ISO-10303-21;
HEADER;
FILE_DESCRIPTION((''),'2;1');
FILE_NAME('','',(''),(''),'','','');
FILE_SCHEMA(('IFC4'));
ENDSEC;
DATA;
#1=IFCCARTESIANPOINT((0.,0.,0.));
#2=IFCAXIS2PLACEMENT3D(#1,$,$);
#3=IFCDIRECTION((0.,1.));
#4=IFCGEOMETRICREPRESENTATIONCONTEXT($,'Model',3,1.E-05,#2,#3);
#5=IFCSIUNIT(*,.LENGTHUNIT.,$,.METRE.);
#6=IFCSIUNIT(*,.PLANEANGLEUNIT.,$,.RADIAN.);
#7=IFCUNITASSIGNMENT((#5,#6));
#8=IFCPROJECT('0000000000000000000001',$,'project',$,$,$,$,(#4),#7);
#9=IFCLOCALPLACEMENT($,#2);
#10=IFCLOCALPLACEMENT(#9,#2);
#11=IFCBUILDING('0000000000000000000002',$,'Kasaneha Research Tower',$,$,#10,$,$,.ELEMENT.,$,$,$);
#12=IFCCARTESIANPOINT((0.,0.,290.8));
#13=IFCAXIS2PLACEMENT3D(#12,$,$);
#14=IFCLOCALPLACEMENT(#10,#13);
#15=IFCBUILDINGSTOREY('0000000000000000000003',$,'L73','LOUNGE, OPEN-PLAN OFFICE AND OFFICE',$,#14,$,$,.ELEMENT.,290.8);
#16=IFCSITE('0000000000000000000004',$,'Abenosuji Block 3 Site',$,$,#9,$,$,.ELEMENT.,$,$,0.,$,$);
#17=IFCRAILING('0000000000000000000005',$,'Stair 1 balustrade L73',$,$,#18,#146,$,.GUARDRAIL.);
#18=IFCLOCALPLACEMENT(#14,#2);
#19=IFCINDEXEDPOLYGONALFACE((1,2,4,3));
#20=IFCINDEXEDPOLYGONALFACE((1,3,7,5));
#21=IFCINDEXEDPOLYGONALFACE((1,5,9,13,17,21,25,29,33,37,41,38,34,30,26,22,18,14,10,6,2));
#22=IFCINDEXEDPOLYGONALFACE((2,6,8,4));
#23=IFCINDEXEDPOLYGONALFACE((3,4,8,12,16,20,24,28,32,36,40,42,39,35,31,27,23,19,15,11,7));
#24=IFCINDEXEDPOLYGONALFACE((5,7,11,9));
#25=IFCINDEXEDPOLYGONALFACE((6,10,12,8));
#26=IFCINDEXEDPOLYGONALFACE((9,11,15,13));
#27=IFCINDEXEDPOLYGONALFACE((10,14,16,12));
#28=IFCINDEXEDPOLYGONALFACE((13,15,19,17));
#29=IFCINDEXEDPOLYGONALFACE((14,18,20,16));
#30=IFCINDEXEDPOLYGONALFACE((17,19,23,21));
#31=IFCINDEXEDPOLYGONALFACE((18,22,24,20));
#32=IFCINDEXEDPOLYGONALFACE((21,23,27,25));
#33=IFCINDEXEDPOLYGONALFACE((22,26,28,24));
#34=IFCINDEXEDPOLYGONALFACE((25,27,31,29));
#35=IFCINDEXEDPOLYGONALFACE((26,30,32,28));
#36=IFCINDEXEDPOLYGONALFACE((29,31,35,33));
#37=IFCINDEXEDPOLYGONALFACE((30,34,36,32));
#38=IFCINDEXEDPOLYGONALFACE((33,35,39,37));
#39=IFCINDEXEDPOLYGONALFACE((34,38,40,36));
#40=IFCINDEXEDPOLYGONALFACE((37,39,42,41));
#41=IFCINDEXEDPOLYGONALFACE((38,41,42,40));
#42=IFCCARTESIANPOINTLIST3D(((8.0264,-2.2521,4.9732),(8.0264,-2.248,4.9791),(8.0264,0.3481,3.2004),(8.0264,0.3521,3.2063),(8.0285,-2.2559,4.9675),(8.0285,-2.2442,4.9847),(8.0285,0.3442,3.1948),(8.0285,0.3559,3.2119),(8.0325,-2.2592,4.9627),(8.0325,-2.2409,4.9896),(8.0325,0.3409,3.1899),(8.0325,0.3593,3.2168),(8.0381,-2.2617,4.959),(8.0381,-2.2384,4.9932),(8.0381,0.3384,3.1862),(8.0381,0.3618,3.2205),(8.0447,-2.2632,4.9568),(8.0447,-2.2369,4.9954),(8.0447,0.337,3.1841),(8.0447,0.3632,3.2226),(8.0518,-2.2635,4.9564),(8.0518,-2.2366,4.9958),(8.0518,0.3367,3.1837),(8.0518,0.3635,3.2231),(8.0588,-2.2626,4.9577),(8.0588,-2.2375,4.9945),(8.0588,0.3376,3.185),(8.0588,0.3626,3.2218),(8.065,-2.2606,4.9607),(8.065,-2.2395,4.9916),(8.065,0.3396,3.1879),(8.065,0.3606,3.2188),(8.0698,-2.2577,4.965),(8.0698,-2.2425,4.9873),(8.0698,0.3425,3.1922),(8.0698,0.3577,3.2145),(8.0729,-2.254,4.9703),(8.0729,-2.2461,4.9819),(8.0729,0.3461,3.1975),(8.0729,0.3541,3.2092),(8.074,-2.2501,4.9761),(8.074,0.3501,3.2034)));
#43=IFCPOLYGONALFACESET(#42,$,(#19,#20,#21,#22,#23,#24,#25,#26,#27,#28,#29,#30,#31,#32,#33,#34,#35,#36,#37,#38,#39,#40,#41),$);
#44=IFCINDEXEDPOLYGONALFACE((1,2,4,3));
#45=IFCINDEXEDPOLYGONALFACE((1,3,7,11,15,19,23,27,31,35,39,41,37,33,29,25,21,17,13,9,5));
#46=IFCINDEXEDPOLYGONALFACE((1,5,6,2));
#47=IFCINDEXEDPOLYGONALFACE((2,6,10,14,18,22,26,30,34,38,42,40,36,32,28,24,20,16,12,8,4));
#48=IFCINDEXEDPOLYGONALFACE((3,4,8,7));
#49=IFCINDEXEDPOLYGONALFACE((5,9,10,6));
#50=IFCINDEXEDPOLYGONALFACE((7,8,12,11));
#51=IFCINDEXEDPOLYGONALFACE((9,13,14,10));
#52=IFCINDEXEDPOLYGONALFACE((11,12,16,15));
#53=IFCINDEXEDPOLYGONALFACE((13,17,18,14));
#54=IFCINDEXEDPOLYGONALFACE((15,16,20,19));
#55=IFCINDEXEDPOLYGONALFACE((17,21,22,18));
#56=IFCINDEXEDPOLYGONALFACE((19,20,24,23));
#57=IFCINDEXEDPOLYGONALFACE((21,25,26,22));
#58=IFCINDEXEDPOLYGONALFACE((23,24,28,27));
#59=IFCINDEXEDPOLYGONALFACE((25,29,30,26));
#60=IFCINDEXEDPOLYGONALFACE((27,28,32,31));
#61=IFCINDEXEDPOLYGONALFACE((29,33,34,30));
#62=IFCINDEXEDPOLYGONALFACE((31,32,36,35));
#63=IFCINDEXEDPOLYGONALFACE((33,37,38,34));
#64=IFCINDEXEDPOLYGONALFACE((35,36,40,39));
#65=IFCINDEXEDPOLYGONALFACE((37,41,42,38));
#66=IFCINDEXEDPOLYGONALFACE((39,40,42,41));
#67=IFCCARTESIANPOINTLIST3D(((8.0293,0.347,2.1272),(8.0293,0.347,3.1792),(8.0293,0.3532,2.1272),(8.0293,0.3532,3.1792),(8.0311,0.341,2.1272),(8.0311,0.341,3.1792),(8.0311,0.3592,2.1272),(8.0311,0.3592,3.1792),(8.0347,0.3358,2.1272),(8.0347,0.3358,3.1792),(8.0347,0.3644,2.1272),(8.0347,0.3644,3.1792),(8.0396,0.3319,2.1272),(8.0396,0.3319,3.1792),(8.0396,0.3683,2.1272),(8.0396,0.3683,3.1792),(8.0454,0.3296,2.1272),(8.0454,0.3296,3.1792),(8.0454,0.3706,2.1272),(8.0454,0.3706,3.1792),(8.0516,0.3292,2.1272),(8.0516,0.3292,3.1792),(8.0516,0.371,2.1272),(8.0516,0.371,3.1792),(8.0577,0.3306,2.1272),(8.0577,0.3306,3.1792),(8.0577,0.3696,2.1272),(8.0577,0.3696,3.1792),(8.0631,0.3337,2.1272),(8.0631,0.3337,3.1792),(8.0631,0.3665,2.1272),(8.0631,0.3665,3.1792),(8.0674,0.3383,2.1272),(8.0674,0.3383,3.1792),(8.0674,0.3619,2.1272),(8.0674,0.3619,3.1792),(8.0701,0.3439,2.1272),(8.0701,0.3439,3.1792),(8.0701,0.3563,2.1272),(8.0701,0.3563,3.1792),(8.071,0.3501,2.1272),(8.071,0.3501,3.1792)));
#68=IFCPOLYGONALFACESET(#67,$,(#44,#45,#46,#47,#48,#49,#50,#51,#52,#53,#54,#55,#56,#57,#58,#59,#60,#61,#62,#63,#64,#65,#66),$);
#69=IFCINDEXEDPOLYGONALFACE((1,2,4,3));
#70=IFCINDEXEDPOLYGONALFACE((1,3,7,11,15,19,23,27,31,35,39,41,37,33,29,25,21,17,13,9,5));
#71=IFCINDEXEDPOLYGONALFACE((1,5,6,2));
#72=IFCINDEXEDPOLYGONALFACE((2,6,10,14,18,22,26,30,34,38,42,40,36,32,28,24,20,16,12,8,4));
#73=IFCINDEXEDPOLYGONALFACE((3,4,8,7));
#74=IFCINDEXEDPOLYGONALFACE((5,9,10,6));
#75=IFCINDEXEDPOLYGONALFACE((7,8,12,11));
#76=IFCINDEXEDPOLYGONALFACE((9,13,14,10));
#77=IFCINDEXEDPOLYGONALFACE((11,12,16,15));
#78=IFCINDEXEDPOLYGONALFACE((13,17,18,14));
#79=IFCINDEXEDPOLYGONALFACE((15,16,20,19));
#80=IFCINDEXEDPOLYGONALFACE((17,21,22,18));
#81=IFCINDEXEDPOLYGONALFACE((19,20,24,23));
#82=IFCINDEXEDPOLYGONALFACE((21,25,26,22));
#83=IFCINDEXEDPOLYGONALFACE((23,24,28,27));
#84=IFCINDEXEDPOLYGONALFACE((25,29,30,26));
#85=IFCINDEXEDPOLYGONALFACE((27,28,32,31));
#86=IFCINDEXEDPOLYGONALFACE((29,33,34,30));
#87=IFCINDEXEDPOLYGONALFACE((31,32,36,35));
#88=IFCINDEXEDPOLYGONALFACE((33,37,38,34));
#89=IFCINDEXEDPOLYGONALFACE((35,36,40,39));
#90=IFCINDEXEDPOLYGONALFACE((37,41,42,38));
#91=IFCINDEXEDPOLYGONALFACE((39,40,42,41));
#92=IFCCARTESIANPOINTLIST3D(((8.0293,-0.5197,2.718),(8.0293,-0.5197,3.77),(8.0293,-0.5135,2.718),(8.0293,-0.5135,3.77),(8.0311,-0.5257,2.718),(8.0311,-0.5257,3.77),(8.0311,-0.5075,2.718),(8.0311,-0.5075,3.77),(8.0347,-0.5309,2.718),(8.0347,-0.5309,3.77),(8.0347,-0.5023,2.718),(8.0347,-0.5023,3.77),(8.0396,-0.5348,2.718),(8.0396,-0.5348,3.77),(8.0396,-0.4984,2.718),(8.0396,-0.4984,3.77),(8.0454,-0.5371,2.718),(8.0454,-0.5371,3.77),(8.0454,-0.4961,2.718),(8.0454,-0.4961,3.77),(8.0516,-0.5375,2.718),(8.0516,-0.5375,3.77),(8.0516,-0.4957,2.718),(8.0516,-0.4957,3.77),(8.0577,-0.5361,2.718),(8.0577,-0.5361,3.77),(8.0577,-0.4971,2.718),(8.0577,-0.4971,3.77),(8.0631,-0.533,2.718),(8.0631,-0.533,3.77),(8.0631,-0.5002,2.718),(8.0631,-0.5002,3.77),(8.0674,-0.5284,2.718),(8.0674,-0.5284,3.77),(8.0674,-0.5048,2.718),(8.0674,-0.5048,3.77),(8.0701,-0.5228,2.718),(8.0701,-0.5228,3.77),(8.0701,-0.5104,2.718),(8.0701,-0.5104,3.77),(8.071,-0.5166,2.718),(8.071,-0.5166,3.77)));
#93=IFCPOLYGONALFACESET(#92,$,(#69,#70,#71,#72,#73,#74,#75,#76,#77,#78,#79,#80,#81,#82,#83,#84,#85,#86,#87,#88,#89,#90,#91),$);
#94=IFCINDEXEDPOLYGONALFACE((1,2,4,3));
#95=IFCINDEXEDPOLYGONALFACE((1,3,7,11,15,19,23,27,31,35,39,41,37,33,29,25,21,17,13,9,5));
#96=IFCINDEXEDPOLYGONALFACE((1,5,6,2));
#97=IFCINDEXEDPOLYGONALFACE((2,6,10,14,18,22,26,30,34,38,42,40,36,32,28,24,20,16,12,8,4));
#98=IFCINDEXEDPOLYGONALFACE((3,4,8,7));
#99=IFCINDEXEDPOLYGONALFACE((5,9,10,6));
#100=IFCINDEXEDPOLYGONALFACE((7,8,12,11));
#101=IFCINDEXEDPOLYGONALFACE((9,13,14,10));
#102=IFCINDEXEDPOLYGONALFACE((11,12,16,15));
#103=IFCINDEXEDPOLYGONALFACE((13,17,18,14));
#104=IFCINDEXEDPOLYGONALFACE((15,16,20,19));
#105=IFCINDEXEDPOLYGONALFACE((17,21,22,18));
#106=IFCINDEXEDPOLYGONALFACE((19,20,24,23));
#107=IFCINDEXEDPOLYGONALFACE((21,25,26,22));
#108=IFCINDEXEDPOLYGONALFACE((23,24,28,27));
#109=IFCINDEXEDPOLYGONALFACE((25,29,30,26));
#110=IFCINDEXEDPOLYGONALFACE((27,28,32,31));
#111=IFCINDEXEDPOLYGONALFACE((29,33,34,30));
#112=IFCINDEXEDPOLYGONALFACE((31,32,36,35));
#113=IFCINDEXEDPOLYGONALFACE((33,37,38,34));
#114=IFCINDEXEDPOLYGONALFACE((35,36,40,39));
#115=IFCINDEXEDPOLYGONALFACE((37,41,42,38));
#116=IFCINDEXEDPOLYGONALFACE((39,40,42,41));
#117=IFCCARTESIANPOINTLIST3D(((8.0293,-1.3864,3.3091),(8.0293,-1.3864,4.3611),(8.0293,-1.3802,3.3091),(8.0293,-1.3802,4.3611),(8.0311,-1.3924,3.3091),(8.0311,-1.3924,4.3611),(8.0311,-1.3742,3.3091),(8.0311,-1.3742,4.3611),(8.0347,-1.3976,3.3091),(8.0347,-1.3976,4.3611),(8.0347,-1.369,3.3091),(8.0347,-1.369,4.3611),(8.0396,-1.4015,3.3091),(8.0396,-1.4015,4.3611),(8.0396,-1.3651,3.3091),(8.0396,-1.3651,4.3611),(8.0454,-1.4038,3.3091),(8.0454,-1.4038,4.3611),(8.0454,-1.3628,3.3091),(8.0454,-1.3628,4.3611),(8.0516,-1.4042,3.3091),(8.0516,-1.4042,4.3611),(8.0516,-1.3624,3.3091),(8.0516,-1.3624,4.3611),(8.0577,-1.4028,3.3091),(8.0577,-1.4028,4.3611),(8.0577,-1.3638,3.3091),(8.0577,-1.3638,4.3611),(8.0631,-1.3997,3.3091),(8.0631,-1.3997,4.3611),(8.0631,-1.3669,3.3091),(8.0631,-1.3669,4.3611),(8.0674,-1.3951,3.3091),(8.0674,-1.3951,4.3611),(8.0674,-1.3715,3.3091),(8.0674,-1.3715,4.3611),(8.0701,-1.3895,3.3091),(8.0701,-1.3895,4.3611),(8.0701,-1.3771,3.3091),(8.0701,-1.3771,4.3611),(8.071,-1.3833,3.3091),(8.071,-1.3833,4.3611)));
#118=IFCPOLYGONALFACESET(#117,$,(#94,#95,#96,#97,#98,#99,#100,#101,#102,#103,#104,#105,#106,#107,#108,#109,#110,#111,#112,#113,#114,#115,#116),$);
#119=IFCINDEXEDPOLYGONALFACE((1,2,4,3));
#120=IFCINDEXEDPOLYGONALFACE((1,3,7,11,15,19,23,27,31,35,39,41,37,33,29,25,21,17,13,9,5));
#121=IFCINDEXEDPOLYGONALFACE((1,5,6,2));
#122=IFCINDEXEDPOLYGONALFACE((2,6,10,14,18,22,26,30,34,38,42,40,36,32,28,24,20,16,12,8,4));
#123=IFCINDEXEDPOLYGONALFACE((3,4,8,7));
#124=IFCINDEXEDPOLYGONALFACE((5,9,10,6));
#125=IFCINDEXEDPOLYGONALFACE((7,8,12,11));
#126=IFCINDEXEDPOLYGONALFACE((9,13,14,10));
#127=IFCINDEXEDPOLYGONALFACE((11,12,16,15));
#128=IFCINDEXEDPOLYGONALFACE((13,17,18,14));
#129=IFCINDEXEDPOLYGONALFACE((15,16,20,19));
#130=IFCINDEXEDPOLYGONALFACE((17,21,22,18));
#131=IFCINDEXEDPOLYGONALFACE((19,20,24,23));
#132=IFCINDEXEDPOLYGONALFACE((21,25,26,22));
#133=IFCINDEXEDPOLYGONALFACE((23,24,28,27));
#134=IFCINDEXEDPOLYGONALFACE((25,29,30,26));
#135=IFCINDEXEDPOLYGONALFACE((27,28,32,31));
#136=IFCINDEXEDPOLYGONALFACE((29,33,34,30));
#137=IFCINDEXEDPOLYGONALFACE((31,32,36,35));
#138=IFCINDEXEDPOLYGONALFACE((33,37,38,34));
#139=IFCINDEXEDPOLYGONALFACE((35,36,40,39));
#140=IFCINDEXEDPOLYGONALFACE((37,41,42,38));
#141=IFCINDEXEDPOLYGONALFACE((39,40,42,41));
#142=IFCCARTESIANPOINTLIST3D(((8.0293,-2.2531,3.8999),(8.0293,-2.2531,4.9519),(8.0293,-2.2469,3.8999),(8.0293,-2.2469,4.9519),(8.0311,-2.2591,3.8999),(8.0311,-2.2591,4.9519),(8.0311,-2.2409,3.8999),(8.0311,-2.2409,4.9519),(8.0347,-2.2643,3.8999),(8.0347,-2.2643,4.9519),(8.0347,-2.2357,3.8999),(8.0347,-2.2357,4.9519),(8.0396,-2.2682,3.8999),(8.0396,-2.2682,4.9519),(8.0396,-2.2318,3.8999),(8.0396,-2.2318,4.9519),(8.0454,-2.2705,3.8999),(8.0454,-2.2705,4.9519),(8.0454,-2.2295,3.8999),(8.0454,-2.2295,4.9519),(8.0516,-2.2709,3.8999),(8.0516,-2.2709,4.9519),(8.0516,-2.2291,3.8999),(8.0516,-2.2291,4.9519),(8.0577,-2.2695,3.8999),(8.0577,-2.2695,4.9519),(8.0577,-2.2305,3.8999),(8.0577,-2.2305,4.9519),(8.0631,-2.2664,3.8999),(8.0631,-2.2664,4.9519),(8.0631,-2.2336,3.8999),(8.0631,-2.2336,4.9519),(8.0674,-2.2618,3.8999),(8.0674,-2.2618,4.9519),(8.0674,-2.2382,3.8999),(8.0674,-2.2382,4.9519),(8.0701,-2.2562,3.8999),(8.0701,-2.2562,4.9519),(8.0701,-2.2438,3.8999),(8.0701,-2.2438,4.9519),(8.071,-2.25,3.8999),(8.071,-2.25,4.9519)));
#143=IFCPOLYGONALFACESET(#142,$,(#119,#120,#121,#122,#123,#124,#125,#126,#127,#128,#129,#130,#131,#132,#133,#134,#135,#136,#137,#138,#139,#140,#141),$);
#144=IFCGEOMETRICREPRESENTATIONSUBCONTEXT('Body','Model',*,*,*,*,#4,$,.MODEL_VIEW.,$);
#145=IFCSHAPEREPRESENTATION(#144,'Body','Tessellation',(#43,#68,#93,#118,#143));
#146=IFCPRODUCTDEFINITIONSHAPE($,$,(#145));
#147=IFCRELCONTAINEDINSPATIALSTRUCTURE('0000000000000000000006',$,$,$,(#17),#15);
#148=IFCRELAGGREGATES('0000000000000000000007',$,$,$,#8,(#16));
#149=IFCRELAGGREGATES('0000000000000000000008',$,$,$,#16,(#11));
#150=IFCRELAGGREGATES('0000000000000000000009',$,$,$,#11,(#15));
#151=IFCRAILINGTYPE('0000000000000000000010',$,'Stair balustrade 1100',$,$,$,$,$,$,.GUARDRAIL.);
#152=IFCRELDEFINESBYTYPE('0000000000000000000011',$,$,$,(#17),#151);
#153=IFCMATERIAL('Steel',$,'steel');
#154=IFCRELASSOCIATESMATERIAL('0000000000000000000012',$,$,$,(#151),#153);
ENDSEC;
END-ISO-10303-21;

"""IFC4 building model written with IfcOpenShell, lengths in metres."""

from ifc_helpers import new_model, si_unit, direction, frame, origin, origin_2d, place, context, subcontext, project, spatial, circle, extrude, material, type_object, element, save


model = new_model("IFC4")

# Units and contexts
model_context = context("Model", 3, precision=1e-05, world=origin(), true_north=direction((0.0, 1.0)))
body_context = subcontext(model_context, "Body", "Model", "MODEL_VIEW")
ifc_project = project(units=[si_unit("LENGTHUNIT", "METRE"), si_unit("PLANEANGLEUNIT", "RADIAN")], contexts=[model_context])

# Site, building, storey
site_placement = place(None, origin())
site = spatial("IfcSite", under=ifc_project, at=site_placement, Name="Abenosuji Block 3 Site", CompositionType="ELEMENT", RefElevation=0.0)
building_placement = place(site_placement, origin())
building = spatial("IfcBuilding", under=site, at=building_placement, Name="Kasaneha Research Tower", CompositionType="ELEMENT")
storey_placement = place(building_placement, frame((0.0, 0.0, 290.8)))
storey = spatial("IfcBuildingStorey", under=building, at=storey_placement, Name="L73", Description="LOUNGE, OPEN-PLAN OFFICE AND OFFICE", CompositionType="ELEMENT", Elevation=290.8)

# Railing
ifc_material_1 = material(Name="Steel", Category="steel")
railing_type_1 = type_object("IfcRailingType", Name="Stair balustrade 1100", PredefinedType="GUARDRAIL", material=ifc_material_1)
railing_1_placement = place(storey_placement, frame((8.05, 0.3501, 2.1272)))
element("IfcRailing", 1, at=railing_1_placement, inside=storey, type_object=railing_type_1, Name="Stair 1 balustrade L73", PredefinedType="GUARDRAIL", context=body_context, shape_type="SweptSolid", body=[
    extrude(circle(Radius=0.0239, at=origin_2d()), frame((0.0, 0.0, 1.0762), z_axis=(0.0, -0.82624, 0.563318), x_axis=(1.0, 0.0, 0.0)), (0.0, 0.0, 1.0), 3.147),
    extrude(circle(Radius=0.021, at=origin_2d()), origin(), (0.0, 0.0, 1.0), 1.052),
    extrude(circle(Radius=0.021, at=origin_2d()), frame((0.0, -0.8667, 0.5908)), (0.0, 0.0, 1.0), 1.052),
    extrude(circle(Radius=0.021, at=origin_2d()), frame((0.0, -1.7334, 1.1819)), (0.0, 0.0, 1.0), 1.052),
    extrude(circle(Radius=0.021, at=origin_2d()), frame((0.0, -2.6001, 1.7727)), (0.0, 0.0, 1.0), 1.052),
])

save(model, "model.ifc")
